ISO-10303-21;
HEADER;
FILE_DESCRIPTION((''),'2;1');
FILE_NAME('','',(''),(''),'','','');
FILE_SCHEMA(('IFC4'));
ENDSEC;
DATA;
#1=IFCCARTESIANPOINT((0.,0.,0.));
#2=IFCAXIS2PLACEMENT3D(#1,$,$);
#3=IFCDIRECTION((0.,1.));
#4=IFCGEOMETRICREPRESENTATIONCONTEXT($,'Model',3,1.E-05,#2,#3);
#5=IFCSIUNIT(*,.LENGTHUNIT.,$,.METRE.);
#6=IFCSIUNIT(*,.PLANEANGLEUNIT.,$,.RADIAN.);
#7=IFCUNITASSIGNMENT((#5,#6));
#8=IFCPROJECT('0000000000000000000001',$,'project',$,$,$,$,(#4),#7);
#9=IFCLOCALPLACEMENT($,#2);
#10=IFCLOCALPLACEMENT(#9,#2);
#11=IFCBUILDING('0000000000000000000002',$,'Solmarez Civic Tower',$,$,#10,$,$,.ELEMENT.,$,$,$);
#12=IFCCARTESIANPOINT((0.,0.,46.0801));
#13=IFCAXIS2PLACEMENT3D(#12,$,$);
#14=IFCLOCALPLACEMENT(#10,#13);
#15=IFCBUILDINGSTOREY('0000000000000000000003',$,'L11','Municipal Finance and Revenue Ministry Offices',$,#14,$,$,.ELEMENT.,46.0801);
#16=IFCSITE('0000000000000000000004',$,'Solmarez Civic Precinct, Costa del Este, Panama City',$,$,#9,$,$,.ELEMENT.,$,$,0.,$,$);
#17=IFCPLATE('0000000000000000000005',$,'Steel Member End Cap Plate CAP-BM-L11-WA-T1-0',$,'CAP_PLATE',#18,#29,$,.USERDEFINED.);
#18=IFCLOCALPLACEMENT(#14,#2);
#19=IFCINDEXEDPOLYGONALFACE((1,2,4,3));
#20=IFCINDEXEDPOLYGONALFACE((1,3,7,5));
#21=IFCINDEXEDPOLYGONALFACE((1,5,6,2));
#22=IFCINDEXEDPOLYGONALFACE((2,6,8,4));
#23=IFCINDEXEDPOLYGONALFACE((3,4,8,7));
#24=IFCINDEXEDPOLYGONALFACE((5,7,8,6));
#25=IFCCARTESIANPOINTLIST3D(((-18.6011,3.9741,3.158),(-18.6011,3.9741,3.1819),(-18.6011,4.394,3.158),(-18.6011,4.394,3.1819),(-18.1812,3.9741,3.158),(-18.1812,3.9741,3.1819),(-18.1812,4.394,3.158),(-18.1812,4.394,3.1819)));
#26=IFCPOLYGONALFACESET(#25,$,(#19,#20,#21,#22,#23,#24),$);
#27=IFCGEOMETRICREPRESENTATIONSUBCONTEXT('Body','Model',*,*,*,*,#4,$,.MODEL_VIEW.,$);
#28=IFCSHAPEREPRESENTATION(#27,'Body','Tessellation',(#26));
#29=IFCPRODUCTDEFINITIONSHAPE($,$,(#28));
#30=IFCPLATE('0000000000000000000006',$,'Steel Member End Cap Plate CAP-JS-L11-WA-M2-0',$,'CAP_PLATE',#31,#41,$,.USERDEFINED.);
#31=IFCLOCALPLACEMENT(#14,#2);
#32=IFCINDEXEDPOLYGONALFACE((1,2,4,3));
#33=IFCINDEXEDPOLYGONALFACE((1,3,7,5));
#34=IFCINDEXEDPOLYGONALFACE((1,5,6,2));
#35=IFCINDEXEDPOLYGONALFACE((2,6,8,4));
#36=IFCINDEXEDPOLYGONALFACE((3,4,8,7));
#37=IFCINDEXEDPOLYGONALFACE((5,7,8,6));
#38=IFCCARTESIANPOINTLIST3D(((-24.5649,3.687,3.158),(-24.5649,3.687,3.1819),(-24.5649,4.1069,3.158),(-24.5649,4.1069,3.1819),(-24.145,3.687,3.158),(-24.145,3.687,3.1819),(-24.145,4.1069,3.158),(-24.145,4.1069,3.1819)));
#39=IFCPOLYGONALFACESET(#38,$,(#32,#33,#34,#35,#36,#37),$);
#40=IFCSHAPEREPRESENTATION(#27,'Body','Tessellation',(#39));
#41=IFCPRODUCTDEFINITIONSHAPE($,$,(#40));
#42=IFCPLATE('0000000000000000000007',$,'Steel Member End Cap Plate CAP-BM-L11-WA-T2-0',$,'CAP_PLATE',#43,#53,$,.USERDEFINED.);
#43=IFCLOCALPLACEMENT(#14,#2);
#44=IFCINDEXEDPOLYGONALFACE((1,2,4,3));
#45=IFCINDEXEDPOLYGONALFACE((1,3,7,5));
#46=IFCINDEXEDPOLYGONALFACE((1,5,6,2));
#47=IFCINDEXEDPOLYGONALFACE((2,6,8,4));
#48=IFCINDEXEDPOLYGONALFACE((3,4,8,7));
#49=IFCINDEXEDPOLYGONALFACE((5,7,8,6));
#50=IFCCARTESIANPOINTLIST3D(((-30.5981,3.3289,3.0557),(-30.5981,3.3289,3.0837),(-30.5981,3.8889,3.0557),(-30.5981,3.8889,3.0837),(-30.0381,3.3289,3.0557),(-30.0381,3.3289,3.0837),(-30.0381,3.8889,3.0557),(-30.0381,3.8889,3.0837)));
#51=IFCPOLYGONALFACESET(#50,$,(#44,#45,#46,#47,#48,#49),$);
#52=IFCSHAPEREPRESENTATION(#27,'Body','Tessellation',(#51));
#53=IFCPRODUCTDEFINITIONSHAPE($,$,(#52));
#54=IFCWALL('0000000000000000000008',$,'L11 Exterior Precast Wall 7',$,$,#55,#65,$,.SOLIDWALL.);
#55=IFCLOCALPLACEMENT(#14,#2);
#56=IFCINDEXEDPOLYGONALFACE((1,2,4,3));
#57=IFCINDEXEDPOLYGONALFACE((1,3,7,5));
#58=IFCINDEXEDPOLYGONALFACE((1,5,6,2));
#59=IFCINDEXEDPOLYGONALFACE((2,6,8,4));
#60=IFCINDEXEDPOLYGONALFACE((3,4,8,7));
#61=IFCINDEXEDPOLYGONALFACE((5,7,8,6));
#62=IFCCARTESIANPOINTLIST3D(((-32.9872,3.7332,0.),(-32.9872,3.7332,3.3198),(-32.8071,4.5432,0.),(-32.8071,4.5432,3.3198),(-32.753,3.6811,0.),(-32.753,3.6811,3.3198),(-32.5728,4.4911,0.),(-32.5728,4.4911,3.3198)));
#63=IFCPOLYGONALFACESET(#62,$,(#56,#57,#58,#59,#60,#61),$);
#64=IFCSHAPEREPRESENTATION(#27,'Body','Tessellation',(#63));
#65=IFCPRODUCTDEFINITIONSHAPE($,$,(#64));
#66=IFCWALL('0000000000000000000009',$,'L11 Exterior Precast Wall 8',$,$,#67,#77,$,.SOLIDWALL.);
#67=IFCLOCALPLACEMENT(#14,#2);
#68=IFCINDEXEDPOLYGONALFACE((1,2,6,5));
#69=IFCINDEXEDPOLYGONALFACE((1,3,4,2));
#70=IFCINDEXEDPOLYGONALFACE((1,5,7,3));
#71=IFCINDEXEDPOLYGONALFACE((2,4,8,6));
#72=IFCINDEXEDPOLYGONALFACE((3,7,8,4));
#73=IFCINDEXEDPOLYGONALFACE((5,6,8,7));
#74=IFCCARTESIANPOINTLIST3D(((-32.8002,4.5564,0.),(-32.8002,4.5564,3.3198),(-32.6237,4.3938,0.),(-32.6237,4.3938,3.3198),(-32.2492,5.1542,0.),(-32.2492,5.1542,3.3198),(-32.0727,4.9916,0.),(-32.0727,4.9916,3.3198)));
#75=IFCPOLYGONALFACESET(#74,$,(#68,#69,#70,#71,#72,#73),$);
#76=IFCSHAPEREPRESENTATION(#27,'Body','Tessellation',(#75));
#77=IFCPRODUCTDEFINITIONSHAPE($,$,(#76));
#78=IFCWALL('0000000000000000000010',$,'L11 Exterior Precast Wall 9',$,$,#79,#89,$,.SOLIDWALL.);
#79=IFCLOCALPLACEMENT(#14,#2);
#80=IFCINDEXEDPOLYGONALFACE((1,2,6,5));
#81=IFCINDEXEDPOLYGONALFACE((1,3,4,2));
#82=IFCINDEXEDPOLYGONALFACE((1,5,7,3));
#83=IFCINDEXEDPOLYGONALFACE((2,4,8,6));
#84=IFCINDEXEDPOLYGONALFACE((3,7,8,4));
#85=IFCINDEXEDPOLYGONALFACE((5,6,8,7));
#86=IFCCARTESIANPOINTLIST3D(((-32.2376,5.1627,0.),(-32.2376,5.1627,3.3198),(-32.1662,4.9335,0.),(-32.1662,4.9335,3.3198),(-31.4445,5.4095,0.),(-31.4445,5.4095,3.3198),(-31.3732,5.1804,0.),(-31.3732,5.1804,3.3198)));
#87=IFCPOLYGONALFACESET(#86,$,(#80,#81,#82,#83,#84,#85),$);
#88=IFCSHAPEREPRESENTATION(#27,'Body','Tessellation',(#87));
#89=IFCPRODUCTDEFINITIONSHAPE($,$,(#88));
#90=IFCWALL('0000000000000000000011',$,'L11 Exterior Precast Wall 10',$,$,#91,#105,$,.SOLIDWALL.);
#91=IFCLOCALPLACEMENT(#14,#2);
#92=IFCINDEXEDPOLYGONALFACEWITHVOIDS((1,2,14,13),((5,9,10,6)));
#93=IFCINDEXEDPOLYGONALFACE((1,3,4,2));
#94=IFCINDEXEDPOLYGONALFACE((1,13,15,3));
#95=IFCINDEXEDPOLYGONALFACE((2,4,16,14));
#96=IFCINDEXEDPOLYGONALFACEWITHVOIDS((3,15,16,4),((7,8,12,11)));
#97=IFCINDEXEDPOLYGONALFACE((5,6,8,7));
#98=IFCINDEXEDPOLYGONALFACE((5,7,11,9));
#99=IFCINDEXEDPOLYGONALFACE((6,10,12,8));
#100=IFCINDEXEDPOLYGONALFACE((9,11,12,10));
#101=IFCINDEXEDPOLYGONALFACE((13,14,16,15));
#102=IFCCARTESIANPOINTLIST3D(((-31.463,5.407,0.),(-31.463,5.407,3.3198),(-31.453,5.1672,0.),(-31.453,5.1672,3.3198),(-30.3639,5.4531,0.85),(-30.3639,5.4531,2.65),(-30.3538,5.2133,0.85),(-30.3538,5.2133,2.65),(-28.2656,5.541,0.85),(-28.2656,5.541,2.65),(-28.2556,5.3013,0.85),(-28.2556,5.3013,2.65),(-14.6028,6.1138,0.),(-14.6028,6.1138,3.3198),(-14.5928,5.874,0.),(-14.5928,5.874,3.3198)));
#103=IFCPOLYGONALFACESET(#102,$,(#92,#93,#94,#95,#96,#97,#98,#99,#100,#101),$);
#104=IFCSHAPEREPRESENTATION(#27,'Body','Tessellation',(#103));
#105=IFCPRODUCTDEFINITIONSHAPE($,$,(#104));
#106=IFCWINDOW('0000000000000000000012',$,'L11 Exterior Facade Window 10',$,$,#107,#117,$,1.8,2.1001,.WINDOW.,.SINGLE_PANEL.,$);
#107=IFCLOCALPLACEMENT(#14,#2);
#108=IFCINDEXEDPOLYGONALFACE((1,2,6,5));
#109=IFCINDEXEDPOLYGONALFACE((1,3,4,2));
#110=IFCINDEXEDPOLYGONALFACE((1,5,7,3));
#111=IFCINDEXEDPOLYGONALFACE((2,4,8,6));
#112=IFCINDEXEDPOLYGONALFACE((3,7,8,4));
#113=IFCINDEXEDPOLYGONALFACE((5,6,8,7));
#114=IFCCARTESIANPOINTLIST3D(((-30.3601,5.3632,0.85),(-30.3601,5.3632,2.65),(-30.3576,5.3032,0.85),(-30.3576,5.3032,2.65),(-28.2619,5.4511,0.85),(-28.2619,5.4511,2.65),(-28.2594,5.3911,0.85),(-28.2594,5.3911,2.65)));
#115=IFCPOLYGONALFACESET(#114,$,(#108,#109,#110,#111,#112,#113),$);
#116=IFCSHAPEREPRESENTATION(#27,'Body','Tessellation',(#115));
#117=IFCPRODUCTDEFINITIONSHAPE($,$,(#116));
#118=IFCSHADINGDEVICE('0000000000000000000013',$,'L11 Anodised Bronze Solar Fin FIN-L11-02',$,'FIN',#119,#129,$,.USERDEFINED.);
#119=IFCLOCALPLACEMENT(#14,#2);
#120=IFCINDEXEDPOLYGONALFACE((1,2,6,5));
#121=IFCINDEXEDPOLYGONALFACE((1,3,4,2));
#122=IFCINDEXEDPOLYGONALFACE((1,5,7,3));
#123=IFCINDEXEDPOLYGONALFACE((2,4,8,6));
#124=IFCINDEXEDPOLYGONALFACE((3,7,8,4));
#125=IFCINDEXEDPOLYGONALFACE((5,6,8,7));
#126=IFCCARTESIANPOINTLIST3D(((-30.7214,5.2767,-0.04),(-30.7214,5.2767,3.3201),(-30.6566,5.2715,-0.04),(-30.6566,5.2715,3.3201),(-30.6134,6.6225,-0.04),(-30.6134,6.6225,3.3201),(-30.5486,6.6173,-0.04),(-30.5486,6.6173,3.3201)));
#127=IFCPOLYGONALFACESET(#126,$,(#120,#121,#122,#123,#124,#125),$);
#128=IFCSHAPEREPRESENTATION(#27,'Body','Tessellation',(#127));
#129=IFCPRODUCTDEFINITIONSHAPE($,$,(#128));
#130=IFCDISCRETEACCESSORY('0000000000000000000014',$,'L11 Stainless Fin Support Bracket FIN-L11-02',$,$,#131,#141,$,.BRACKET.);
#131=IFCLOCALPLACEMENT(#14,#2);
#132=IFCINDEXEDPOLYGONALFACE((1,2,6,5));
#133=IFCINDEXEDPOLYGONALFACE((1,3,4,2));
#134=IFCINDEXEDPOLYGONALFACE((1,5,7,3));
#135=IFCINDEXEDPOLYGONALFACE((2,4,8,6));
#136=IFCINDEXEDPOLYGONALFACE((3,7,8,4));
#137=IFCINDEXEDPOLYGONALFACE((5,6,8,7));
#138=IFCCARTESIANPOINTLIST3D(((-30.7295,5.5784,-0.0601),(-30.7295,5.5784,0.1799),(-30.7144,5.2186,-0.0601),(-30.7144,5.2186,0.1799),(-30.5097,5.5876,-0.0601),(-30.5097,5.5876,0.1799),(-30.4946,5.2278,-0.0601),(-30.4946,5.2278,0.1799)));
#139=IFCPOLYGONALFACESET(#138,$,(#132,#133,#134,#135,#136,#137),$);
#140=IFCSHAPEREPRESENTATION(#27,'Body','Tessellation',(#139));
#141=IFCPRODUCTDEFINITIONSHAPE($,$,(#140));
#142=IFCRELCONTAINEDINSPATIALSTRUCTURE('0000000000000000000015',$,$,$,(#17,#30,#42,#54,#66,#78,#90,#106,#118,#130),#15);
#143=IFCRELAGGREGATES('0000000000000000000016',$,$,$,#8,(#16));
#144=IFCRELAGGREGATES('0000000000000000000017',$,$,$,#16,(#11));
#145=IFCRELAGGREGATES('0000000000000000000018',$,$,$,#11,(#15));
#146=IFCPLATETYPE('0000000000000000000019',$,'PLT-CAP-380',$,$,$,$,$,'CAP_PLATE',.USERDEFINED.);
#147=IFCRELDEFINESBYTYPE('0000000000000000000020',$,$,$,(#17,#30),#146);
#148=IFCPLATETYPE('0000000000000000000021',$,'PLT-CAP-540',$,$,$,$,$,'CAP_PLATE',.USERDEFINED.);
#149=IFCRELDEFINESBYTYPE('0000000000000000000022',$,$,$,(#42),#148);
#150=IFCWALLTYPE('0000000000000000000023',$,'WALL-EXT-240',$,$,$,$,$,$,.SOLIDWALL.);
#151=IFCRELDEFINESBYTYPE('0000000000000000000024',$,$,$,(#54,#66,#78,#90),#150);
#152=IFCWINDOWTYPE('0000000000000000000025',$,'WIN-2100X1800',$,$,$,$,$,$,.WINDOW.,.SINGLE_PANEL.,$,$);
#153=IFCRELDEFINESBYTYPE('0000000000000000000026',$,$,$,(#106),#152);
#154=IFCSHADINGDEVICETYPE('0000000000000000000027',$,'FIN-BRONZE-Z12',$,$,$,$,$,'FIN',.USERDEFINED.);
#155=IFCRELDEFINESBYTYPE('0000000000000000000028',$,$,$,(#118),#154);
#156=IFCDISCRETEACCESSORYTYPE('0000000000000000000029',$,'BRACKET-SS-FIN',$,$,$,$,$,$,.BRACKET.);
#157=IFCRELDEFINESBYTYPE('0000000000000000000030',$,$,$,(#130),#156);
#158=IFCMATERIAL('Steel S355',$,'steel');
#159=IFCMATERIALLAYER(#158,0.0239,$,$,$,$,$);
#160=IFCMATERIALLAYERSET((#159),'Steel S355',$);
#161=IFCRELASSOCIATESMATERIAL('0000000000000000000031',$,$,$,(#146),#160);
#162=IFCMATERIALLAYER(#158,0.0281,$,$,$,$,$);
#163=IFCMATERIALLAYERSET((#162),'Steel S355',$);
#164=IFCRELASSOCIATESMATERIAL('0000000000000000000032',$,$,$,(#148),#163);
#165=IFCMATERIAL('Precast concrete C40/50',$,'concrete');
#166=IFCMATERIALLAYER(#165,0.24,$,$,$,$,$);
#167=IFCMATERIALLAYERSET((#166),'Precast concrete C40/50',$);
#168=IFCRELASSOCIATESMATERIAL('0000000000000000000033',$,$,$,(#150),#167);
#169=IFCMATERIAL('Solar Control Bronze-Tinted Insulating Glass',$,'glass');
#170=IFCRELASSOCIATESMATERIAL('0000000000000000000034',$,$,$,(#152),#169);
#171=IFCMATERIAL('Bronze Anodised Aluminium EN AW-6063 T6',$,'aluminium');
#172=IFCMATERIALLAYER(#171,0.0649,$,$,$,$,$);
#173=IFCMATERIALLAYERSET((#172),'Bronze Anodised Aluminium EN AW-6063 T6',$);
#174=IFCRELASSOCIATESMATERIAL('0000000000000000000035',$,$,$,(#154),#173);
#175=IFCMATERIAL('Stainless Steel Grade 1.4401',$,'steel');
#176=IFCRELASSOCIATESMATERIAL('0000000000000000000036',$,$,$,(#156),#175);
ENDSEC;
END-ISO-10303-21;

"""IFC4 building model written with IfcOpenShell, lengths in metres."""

from ifc_helpers import new_model, si_unit, direction, frame, frame_2d, origin, origin_2d, place, context, subcontext, project, spatial, rectangle, extrude, material, layer, layer_set, type_object, element, fill, save


model = new_model("IFC4")

# Units and contexts
model_context = context("Model", 3, precision=1e-05, world=origin(), true_north=direction((0.0, 1.0)))
body_context = subcontext(model_context, "Body", "Model", "MODEL_VIEW")
ifc_project = project(units=[si_unit("LENGTHUNIT", "METRE"), si_unit("PLANEANGLEUNIT", "RADIAN")], contexts=[model_context])

# Site, building, storey
site_placement = place(None, origin())
site = spatial("IfcSite", under=ifc_project, at=site_placement, Name="Solmarez Civic Precinct, Costa del Este, Panama City", CompositionType="ELEMENT", RefElevation=0.0)
building_placement = place(site_placement, origin())
building = spatial("IfcBuilding", under=site, at=building_placement, Name="Solmarez Civic Tower", CompositionType="ELEMENT")
storey_placement = place(building_placement, frame((0.0, 0.0, 46.0801)))
storey = spatial("IfcBuildingStorey", under=building, at=storey_placement, Name="L11", Description="Municipal Finance and Revenue Ministry Offices", CompositionType="ELEMENT", Elevation=46.0801)

# Shared definitions
ifc_material_1 = material(Name="Steel S355", Category="steel")

# Shared definitions
ifc_material_2 = material(Name="Bronze Anodised Aluminium EN AW-6063 T6", Category="aluminium")

# Plates
ifc_layer_1 = layer(ifc_material_1, 0.0239)
ifc_layer_set_1 = layer_set([ifc_layer_1], Name="Steel S355")
plate_type_1 = type_object("IfcPlateType", Name="PLT-CAP-380", ElementType="CAP_PLATE", PredefinedType="USERDEFINED", material=ifc_layer_set_1)
for number, where, z_axis, x_axis, name in (
    (1, (-18.3911, 4.1841, 3.158), (0.0, 0.0, 1.0), (1.0, 0.0, 0.0), "Steel Member End Cap Plate CAP-BM-L11-WA-T1-0"),
    (2, (-24.355, 3.897, 3.158), (0.0, 0.0, 1.0), (1.0, 0.0, 0.0), "Steel Member End Cap Plate CAP-JS-L11-WA-M2-0"),
):
    element("IfcPlate", number, at=place(storey_placement, frame(where, z_axis=z_axis, x_axis=x_axis)), inside=storey, type_object=plate_type_1, Name=name, ObjectType="CAP_PLATE", PredefinedType="USERDEFINED", context=body_context, shape_type="SweptSolid", body=[
        extrude(rectangle(XDim=0.4199, YDim=0.4199, at=origin_2d()), origin(), (0.0, 0.0, 1.0), 0.0239),
    ])
ifc_layer_2 = layer(ifc_material_1, 0.0281)
ifc_layer_set_2 = layer_set([ifc_layer_2], Name="Steel S355")
plate_type_2 = type_object("IfcPlateType", Name="PLT-CAP-540", ElementType="CAP_PLATE", PredefinedType="USERDEFINED", material=ifc_layer_set_2)
plate_1_placement = place(storey_placement, frame((-30.3181, 3.6089, 3.0557), z_axis=(0.0, 0.0, 1.0), x_axis=(1.0, 0.0, 0.0)))
element("IfcPlate", 3, at=plate_1_placement, inside=storey, type_object=plate_type_2, Name="Steel Member End Cap Plate CAP-BM-L11-WA-T2-0", ObjectType="CAP_PLATE", PredefinedType="USERDEFINED", context=body_context, shape_type="SweptSolid", body=[
    extrude(rectangle(XDim=0.5601, YDim=0.5601, at=origin_2d()), origin(), (0.0, 0.0, 1.0), 0.0281),
])

# Walls
ifc_material_3 = material(Name="Precast concrete C40/50", Category="concrete")
ifc_layer_3 = layer(ifc_material_3, 0.24)
ifc_layer_set_3 = layer_set([ifc_layer_3], Name="Precast concrete C40/50")
wall_type = type_object("IfcWallType", Name="WALL-EXT-240", PredefinedType="SOLIDWALL", material=ifc_layer_set_3)
wall_1_placement = place(storey_placement, frame((-32.8701, 3.707, 0.0), z_axis=(0.0, 0.0, 1.0), x_axis=(0.217117, 0.976146, 0.0)))
element("IfcWall", 4, at=wall_1_placement, inside=storey, type_object=wall_type, Name="L11 Exterior Precast Wall 7", PredefinedType="SOLIDWALL", context=body_context, shape_type="SweptSolid", body=[
    extrude(rectangle(XDim=0.8298, YDim=0.24, at=frame_2d((0.415, 0.0))), origin(), (0.0, 0.0, 1.0), 3.3198),
])
wall_2_placement = place(storey_placement, frame((-32.7119, 4.4751, 0.0), z_axis=(0.0, 0.0, 1.0), x_axis=(0.677694, 0.735344, 0.0)))
element("IfcWall", 5, at=wall_2_placement, inside=storey, type_object=wall_type, Name="L11 Exterior Precast Wall 8", PredefinedType="SOLIDWALL", context=body_context, shape_type="SweptSolid", body=[
    extrude(rectangle(XDim=0.813, YDim=0.24, at=frame_2d((0.4065, 0.0))), origin(), (0.0, 0.0, 1.0), 3.3198),
])
wall_3_placement = place(storey_placement, frame((-32.2019, 5.0481, 0.0), z_axis=(0.0, 0.0, 1.0), x_axis=(0.954814, 0.297204, 0.0)))
element("IfcWall", 6, at=wall_3_placement, inside=storey, type_object=wall_type, Name="L11 Exterior Precast Wall 9", PredefinedType="SOLIDWALL", context=body_context, shape_type="SweptSolid", body=[
    extrude(rectangle(XDim=0.8306, YDim=0.24, at=frame_2d((0.4153, 0.0))), origin(), (0.0, 0.0, 1.0), 3.3198),
])

# Wall, opening, window
wall_4_placement = place(storey_placement, frame((-31.458, 5.2871, 0.0), z_axis=(0.0, 0.0, 1.0), x_axis=(0.999122, 0.041884, 0.0)))
wall_4 = element("IfcWall", 7, at=wall_4_placement, inside=storey, type_object=wall_type, Name="L11 Exterior Precast Wall 10", PredefinedType="SOLIDWALL", context=body_context, shape_type="SweptSolid", body=[
    extrude(rectangle(XDim=16.875, YDim=0.24, at=frame_2d((8.4375, 0.0))), origin(), (0.0, 0.0, 1.0), 3.3198),
])
opening_placement = place(wall_4_placement, frame((1.1001, 0.0, 0.8501)))
opening = element("IfcOpeningElement", 8, at=opening_placement, cuts=wall_4, PredefinedType="OPENING", context=body_context, shape_type="SweptSolid", body=[
    extrude(rectangle(XDim=2.1001, YDim=1.8, at=frame_2d((1.05, 0.8999))), frame((0.0, 0.1299, 0.0), z_axis=(0.0, -1.0, 0.0), x_axis=(1.0, 0.0, 0.0)), (0.0, 0.0, 1.0), 0.26),
])
ifc_material_4 = material(Name="Solar Control Bronze-Tinted Insulating Glass", Category="glass")
window_type = type_object("IfcWindowType", Name="WIN-2100X1800", PartitioningType="SINGLE_PANEL", PredefinedType="WINDOW", material=ifc_material_4)
window_placement = place(opening_placement, origin())
window = element("IfcWindow", 9, at=window_placement, inside=storey, type_object=window_type, Name="L11 Exterior Facade Window 10", OverallHeight=1.8, OverallWidth=2.1001, PartitioningType="SINGLE_PANEL", PredefinedType="WINDOW", context=body_context, shape_type="SweptSolid", body=[
    extrude(rectangle(XDim=2.1001, YDim=1.8, at=frame_2d((1.05, 0.8999))), frame((0.0, 0.03, 0.0), z_axis=(0.0, -1.0, 0.0), x_axis=(1.0, 0.0, 0.0)), (0.0, 0.0, 1.0), 0.0601),
])
fill(opening, window)

# Shading device
ifc_layer_4 = layer(ifc_material_2, 0.0649)
ifc_layer_set_4 = layer_set([ifc_layer_4], Name="Bronze Anodised Aluminium EN AW-6063 T6")
shading_device_type = type_object("IfcShadingDeviceType", Name="FIN-BRONZE-Z12", ElementType="FIN", PredefinedType="USERDEFINED", material=ifc_layer_set_4)
shading_device_placement = place(storey_placement, frame((-30.635, 5.947, -0.04), z_axis=(0.0, 0.0, 1.0), x_axis=(0.07999, 0.996796, 0.0)))
element("IfcShadingDevice", 10, at=shading_device_placement, inside=storey, type_object=shading_device_type, Name="L11 Anodised Bronze Solar Fin FIN-L11-02", ObjectType="FIN", PredefinedType="USERDEFINED", context=body_context, shape_type="SweptSolid", body=[
    extrude(rectangle(XDim=1.3501, YDim=0.0649, at=origin_2d()), origin(), (0.0, 0.0, 1.0), 3.3601),
])

# Discrete accessory
ifc_material_5 = material(Name="Stainless Steel Grade 1.4401", Category="steel")
discrete_accessory_type = type_object("IfcDiscreteAccessoryType", Name="BRACKET-SS-FIN", PredefinedType="BRACKET", material=ifc_material_5)
discrete_accessory_placement = place(storey_placement, frame((-30.6121, 5.4031, -0.0601), z_axis=(0.0, 0.0, 1.0), x_axis=(-0.041901, 0.999122, 0.0)))
element("IfcDiscreteAccessory", 11, at=discrete_accessory_placement, inside=storey, type_object=discrete_accessory_type, Name="L11 Stainless Fin Support Bracket FIN-L11-02", PredefinedType="BRACKET", context=body_context, shape_type="SweptSolid", body=[
    extrude(rectangle(XDim=0.3601, YDim=0.22, at=origin_2d()), origin(), (0.0, 0.0, 1.0), 0.24),
])

save(model, "model.ifc")
